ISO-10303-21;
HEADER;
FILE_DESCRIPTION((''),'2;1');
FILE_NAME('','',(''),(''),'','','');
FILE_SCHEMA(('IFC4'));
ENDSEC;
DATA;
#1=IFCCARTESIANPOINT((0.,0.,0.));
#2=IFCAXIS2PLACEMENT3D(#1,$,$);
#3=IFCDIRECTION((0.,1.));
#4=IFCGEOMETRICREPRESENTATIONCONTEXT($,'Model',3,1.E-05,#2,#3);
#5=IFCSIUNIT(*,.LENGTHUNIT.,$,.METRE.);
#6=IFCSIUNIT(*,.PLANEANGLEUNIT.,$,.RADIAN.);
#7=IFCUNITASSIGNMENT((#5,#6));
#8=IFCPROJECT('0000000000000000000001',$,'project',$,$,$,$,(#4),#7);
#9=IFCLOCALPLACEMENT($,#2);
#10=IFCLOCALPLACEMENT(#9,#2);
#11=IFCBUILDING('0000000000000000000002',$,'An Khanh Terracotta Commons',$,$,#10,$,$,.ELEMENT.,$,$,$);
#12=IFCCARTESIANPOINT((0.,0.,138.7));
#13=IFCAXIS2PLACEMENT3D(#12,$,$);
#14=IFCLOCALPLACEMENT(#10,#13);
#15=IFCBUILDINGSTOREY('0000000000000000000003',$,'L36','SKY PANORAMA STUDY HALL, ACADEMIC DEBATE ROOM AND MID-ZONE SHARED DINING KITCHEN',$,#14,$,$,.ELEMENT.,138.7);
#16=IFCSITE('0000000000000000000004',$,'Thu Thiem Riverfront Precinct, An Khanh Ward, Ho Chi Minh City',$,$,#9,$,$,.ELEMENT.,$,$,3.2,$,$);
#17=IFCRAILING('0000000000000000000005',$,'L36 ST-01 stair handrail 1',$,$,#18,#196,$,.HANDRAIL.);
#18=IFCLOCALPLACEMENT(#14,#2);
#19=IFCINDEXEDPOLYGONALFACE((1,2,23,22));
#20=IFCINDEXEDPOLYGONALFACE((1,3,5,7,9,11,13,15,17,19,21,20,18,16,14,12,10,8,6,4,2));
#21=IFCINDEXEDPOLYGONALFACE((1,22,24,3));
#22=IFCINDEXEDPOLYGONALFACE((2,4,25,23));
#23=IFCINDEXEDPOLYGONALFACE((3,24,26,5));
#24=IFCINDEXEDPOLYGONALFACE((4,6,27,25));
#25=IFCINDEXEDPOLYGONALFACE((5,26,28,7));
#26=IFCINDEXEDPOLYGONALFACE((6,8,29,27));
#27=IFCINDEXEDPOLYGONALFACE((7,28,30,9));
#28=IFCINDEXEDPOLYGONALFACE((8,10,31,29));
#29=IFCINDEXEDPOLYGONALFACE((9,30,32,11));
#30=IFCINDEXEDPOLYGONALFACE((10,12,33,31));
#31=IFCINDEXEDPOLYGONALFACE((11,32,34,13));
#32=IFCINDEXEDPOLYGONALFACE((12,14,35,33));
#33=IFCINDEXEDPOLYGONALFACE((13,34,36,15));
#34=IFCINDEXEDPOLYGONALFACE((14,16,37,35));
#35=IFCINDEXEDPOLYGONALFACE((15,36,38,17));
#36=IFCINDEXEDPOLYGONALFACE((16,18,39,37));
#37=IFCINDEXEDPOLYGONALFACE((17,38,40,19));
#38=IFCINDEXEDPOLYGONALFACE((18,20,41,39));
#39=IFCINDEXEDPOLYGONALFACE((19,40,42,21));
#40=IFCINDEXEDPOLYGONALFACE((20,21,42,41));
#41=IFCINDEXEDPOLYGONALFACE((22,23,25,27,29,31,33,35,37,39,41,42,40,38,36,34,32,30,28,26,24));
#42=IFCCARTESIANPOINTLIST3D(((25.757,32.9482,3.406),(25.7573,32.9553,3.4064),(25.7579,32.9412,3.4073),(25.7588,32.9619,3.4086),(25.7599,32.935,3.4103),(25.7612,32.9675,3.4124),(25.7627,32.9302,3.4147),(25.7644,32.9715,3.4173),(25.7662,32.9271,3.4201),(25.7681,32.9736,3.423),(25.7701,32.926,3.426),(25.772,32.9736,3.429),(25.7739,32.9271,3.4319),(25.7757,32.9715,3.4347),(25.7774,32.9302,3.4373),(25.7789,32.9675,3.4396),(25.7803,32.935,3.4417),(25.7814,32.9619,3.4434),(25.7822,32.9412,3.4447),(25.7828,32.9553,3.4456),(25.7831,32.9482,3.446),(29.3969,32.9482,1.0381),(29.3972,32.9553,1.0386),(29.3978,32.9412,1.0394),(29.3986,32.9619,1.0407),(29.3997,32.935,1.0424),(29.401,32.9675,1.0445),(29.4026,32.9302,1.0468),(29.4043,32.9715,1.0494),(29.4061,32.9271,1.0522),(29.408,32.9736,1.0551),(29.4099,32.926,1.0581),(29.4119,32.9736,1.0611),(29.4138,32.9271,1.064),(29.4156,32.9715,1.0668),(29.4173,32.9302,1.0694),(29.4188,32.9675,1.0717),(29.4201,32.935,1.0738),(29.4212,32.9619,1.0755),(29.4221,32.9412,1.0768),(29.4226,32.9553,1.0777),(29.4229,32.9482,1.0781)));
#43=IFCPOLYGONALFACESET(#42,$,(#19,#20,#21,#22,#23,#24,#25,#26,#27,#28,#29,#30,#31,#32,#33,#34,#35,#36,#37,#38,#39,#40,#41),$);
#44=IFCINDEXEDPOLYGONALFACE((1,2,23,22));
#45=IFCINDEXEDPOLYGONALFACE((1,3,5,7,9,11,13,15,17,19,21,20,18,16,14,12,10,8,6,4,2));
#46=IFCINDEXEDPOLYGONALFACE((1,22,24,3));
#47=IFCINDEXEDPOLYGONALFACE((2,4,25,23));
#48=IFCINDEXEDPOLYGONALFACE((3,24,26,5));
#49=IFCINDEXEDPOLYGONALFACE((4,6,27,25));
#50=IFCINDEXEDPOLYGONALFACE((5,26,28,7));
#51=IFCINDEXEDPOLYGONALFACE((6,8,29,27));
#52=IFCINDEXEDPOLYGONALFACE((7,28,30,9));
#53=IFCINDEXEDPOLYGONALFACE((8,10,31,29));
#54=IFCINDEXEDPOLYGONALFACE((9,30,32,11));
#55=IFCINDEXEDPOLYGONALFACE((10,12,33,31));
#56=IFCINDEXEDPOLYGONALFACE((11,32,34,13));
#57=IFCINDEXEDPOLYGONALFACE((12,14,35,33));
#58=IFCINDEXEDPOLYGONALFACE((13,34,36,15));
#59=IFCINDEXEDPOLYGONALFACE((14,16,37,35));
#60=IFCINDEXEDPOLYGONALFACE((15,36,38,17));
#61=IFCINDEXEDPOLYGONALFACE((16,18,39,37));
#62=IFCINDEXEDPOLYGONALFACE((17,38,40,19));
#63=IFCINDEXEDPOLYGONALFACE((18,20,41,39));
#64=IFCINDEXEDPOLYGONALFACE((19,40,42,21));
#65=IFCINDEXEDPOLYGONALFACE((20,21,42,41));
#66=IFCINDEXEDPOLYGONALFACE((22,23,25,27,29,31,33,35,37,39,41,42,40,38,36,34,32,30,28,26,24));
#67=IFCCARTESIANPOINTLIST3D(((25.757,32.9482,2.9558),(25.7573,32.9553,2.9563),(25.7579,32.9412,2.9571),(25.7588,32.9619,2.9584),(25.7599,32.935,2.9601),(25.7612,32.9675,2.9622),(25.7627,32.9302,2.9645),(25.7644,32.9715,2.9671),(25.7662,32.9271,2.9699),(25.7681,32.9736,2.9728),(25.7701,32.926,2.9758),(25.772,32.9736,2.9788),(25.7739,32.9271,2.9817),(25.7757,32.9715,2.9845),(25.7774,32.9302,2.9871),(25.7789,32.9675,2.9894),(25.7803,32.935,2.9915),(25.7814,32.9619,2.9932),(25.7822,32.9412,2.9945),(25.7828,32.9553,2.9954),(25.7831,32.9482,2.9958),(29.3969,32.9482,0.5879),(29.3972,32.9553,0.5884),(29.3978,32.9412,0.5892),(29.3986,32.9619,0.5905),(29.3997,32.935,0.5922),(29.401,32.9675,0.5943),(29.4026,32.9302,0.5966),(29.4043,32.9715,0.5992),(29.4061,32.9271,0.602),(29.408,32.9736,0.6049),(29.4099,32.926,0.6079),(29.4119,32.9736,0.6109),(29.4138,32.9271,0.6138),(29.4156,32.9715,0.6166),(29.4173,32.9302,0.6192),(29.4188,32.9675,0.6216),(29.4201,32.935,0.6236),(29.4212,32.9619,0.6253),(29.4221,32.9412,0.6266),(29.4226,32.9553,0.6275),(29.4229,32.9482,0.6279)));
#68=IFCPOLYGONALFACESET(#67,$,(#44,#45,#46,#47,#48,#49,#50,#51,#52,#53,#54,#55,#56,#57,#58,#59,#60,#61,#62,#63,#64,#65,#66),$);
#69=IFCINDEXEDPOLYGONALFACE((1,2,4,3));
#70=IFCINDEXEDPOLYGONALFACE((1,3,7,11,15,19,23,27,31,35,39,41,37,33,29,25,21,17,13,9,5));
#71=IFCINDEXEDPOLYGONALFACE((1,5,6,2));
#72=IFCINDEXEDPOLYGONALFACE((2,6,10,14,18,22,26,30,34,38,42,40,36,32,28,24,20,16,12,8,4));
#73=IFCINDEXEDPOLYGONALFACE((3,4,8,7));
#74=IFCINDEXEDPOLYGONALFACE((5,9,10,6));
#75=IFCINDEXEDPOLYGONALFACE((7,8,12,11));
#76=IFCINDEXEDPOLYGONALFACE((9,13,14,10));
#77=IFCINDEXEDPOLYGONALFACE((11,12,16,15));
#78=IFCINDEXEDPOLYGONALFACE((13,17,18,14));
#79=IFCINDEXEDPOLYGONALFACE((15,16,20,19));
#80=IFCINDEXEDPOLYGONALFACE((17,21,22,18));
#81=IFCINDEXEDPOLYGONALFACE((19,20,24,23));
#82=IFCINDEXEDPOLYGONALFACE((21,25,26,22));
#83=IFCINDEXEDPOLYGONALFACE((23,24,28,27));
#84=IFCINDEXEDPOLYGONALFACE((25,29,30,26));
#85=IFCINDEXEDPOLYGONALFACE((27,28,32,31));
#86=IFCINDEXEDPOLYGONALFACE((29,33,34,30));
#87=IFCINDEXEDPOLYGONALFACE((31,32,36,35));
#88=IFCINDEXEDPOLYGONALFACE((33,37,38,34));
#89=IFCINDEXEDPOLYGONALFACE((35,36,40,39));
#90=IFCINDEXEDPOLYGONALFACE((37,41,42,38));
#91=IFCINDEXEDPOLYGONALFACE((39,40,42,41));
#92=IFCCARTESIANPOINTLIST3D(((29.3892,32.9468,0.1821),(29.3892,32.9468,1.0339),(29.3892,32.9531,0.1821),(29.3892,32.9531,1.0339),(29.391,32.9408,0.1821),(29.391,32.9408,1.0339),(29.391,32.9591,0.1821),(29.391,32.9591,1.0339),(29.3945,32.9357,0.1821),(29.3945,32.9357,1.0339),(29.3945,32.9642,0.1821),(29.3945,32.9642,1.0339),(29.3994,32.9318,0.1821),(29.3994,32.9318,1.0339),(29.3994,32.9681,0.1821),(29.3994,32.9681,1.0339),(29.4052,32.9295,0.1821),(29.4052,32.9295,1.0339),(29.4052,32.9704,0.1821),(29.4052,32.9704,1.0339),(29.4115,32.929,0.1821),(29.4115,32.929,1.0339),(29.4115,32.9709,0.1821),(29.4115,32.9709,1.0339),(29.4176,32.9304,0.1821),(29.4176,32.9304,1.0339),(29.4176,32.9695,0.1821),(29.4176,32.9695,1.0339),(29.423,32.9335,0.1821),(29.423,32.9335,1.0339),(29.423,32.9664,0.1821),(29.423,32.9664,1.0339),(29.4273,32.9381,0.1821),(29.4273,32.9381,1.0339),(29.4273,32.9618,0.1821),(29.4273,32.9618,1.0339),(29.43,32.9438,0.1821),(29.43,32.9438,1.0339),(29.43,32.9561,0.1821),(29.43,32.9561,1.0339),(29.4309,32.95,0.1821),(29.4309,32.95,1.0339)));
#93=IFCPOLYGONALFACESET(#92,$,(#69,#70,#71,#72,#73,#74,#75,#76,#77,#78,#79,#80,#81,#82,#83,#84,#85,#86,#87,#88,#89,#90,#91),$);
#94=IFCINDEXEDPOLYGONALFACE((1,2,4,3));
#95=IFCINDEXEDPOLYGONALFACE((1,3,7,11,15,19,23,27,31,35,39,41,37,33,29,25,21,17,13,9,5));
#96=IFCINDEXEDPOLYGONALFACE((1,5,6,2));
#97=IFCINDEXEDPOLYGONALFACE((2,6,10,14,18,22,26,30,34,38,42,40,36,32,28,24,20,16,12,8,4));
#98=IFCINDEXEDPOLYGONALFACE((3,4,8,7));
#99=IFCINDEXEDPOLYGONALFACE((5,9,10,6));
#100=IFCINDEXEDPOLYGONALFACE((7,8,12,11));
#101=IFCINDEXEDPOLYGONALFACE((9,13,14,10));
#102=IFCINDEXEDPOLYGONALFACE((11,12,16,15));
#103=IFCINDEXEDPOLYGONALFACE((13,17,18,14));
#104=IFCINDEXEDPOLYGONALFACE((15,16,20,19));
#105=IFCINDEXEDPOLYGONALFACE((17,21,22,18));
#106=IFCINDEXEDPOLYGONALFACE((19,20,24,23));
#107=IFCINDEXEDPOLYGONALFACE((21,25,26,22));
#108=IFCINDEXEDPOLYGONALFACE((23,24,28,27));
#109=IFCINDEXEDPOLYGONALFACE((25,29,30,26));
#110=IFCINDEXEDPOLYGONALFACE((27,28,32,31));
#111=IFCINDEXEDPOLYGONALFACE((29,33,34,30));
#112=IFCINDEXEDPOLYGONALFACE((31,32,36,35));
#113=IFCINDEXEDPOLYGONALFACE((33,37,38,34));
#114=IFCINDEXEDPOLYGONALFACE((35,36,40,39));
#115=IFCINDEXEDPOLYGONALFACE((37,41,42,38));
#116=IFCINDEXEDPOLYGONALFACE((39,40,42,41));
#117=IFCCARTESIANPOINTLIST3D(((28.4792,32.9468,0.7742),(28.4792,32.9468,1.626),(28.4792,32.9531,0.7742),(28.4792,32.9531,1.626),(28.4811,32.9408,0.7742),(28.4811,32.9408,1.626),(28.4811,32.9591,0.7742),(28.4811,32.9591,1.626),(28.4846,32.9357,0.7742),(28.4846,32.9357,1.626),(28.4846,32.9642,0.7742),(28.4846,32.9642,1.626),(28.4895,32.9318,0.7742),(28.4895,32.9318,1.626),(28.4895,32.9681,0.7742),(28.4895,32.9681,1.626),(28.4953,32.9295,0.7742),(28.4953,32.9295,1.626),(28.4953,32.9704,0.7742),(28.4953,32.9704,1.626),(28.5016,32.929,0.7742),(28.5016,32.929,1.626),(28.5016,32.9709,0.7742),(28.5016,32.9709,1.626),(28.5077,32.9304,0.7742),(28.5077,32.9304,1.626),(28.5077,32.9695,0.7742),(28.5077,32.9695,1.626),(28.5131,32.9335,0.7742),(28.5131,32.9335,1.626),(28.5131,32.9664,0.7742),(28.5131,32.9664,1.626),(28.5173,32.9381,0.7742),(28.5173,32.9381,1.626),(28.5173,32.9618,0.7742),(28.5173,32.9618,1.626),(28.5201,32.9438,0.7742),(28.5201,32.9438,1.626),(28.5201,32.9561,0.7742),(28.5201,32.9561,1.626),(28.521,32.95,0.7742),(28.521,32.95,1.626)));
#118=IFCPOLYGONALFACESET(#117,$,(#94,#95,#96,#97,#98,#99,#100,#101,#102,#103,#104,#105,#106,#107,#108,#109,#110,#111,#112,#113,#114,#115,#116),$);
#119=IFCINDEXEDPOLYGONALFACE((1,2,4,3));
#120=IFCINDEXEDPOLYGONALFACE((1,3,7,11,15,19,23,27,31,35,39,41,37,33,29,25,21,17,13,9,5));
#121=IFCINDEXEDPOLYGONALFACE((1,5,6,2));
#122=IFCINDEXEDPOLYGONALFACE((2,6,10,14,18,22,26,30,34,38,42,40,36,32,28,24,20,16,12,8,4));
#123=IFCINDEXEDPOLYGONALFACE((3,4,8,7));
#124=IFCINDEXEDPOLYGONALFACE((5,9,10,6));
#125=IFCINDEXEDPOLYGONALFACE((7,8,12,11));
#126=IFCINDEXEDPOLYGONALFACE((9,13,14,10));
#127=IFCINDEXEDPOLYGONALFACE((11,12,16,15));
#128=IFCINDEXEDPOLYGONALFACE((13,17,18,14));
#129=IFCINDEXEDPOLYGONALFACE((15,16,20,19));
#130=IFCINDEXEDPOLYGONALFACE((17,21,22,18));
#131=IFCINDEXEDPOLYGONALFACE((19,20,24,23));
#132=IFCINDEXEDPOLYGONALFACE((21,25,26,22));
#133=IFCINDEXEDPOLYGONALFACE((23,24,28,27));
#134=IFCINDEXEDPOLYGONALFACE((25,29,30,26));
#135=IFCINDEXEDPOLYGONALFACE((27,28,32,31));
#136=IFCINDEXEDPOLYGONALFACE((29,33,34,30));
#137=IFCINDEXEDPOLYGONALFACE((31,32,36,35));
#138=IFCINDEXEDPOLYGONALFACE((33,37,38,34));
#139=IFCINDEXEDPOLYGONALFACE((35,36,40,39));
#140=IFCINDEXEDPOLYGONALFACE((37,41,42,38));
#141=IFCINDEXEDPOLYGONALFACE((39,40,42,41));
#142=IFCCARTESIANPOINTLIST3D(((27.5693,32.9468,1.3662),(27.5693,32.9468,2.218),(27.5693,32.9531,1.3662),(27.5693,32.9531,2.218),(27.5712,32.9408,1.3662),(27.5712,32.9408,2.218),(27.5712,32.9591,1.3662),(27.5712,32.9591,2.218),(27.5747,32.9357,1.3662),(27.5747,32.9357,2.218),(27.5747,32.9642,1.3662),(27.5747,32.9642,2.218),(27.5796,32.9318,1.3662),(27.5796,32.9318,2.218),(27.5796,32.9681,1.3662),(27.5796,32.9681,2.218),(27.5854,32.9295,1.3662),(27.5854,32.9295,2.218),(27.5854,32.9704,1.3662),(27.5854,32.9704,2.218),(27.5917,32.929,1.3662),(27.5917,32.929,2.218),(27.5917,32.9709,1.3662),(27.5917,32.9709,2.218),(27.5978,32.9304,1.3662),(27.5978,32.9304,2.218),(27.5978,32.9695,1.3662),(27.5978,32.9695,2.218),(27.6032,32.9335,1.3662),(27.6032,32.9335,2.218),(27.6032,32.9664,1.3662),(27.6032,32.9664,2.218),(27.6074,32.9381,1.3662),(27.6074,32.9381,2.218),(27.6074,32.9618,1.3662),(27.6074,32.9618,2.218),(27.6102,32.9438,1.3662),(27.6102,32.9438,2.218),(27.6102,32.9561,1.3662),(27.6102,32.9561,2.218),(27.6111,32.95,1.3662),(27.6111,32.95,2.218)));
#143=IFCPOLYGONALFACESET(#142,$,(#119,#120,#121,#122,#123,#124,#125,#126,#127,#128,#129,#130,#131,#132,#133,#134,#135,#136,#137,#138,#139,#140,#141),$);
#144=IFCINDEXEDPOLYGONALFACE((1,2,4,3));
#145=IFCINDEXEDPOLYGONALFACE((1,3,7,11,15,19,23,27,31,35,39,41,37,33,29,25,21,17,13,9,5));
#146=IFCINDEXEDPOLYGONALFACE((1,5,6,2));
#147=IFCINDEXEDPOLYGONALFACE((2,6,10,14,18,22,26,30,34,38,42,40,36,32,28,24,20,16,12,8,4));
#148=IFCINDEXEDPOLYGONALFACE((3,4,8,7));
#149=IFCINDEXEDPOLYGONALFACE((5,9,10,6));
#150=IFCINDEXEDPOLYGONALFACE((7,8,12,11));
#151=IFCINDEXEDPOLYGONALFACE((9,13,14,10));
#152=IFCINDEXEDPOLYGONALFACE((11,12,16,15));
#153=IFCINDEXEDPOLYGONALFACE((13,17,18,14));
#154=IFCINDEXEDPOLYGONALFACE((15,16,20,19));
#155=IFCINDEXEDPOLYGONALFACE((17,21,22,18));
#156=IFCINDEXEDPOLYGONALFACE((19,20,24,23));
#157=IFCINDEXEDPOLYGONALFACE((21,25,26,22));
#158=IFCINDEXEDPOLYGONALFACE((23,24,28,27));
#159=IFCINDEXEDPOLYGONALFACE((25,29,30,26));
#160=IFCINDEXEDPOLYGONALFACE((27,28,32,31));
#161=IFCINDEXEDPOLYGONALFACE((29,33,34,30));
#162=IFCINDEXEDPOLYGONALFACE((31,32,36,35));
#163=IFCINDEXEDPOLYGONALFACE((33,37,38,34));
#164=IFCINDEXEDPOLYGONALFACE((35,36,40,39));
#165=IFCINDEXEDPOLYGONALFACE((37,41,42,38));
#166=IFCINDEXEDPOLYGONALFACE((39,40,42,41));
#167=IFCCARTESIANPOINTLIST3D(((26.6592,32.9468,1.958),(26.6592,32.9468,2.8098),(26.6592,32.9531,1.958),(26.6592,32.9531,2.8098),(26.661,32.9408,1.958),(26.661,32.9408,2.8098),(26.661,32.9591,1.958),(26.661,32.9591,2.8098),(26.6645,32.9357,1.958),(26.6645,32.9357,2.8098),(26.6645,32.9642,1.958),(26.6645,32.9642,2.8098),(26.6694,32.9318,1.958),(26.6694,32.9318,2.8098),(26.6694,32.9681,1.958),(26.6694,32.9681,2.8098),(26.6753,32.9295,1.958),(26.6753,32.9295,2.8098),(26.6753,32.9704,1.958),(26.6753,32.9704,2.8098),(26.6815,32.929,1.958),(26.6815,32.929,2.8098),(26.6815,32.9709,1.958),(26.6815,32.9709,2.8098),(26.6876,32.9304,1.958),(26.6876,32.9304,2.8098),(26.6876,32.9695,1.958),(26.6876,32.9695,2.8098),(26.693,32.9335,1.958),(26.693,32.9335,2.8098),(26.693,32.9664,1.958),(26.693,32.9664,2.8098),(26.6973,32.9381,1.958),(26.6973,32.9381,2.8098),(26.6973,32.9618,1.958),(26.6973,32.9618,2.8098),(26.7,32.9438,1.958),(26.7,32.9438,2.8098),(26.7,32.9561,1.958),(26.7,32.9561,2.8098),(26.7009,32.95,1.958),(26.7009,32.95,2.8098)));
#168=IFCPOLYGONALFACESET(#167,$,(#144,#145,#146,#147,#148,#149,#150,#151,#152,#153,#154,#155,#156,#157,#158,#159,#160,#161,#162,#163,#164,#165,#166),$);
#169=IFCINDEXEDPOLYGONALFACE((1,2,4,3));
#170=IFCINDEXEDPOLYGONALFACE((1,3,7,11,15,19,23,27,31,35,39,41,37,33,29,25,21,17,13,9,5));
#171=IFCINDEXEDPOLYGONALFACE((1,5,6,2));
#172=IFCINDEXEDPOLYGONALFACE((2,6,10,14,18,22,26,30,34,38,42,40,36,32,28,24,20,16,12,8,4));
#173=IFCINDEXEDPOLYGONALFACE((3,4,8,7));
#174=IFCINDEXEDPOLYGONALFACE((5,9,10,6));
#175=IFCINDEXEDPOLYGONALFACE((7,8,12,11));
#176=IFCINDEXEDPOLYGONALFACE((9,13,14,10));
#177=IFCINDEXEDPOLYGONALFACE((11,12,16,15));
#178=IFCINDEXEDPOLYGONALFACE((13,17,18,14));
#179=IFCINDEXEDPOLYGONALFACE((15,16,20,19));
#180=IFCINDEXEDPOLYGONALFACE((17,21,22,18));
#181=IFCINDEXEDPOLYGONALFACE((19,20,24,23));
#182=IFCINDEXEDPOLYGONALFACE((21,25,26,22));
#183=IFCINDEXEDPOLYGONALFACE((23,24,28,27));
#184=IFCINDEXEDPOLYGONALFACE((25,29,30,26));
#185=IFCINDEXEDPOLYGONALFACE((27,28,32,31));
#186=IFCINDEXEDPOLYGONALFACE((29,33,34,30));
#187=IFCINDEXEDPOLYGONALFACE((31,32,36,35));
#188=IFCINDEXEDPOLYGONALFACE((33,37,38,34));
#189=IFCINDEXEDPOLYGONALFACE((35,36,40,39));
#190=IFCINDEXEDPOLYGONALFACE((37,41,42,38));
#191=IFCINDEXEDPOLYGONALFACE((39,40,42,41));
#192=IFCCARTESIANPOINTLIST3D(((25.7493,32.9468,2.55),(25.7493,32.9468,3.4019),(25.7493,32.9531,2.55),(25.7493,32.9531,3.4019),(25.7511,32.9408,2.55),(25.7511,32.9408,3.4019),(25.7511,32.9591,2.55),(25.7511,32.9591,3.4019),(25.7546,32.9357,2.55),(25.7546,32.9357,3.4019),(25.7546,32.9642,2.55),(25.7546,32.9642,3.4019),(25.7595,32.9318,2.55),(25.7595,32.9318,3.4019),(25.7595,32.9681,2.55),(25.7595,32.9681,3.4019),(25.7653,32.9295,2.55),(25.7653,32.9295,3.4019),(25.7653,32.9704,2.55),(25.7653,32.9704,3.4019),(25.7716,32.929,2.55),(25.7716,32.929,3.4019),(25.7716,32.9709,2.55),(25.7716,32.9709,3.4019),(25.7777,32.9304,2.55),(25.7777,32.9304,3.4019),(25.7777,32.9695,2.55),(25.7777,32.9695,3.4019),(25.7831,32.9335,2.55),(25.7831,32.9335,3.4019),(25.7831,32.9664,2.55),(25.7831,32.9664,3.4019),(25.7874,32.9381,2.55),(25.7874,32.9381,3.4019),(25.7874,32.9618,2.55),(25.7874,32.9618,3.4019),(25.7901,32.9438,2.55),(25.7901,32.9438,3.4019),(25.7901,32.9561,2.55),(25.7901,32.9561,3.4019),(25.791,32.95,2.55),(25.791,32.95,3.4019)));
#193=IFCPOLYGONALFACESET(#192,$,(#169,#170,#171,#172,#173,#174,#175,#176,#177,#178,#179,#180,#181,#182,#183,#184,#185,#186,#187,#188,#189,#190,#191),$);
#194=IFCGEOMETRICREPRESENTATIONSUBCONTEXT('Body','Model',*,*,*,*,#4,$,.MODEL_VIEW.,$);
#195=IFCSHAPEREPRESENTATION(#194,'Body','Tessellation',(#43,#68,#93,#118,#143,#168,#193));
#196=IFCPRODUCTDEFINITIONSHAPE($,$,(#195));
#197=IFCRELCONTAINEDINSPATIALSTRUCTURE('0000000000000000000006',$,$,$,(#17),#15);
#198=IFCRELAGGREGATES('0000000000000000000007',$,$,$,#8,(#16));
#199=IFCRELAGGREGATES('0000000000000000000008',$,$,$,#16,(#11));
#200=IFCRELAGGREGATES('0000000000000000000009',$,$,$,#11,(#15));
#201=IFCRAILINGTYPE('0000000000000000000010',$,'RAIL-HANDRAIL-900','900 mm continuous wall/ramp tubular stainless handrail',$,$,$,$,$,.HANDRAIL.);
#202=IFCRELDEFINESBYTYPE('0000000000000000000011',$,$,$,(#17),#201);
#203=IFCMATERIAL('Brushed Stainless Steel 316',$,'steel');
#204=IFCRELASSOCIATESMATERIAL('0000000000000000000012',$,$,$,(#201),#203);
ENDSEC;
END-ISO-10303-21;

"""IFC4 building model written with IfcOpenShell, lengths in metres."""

from ifc_helpers import new_model, si_unit, direction, frame, origin, origin_2d, place, context, subcontext, project, spatial, circle, extrude, material, type_object, element, save


model = new_model("IFC4")

# Units and contexts
model_context = context("Model", 3, precision=1e-05, world=origin(), true_north=direction((0.0, 1.0)))
body_context = subcontext(model_context, "Body", "Model", "MODEL_VIEW")
ifc_project = project(units=[si_unit("LENGTHUNIT", "METRE"), si_unit("PLANEANGLEUNIT", "RADIAN")], contexts=[model_context])

# Site, building, storey
site_placement = place(None, origin())
site = spatial("IfcSite", under=ifc_project, at=site_placement, Name="Thu Thiem Riverfront Precinct, An Khanh Ward, Ho Chi Minh City", CompositionType="ELEMENT", RefElevation=3.2)
building_placement = place(site_placement, origin())
building = spatial("IfcBuilding", under=site, at=building_placement, Name="An Khanh Terracotta Commons", CompositionType="ELEMENT")
storey_placement = place(building_placement, frame((0.0, 0.0, 138.7)))
storey = spatial("IfcBuildingStorey", under=building, at=storey_placement, Name="L36", Description="SKY PANORAMA STUDY HALL, ACADEMIC DEBATE ROOM AND MID-ZONE SHARED DINING KITCHEN", CompositionType="ELEMENT", Elevation=138.7)

# Railing
ifc_material_1 = material(Name="Brushed Stainless Steel 316", Category="steel")
railing_type_1 = type_object("IfcRailingType", Name="RAIL-HANDRAIL-900", Description="900 mm continuous wall/ramp tubular stainless handrail", PredefinedType="HANDRAIL", material=ifc_material_1)
railing_1_placement = place(storey_placement, frame((29.4099, 32.95, 0.1821)))
element("IfcRailing", 1, at=railing_1_placement, inside=storey, type_object=railing_type_1, Name="L36 ST-01 stair handrail 1", PredefinedType="HANDRAIL", context=body_context, shape_type="SweptSolid", body=[
    extrude(circle(Radius=0.0239, at=origin_2d()), frame((0.0, 0.0, 0.876), z_axis=(-0.838234, 0.0, 0.54531), x_axis=(0.0, -1.0, 0.0)), (0.0, 0.0, 1.0), 4.3423),
    extrude(circle(Radius=0.0239, at=origin_2d()), frame((0.0, 0.0, 0.4258), z_axis=(-0.838234, 0.0, 0.54531), x_axis=(0.0, -1.0, 0.0)), (0.0, 0.0, 1.0), 4.3423),
    extrude(circle(Radius=0.021, at=origin_2d()), origin(), (0.0, 0.0, 1.0), 0.8518),
    extrude(circle(Radius=0.021, at=origin_2d()), frame((-0.9099, 0.0, 0.592)), (0.0, 0.0, 1.0), 0.8518),
    extrude(circle(Radius=0.021, at=origin_2d()), frame((-1.8198, 0.0, 1.1841)), (0.0, 0.0, 1.0), 0.8518),
    extrude(circle(Radius=0.021, at=origin_2d()), frame((-2.73, 0.0, 1.7759)), (0.0, 0.0, 1.0), 0.8518),
    extrude(circle(Radius=0.021, at=origin_2d()), frame((-3.6399, 0.0, 2.3679)), (0.0, 0.0, 1.0), 0.8518),
])

save(model, "model.ifc")
